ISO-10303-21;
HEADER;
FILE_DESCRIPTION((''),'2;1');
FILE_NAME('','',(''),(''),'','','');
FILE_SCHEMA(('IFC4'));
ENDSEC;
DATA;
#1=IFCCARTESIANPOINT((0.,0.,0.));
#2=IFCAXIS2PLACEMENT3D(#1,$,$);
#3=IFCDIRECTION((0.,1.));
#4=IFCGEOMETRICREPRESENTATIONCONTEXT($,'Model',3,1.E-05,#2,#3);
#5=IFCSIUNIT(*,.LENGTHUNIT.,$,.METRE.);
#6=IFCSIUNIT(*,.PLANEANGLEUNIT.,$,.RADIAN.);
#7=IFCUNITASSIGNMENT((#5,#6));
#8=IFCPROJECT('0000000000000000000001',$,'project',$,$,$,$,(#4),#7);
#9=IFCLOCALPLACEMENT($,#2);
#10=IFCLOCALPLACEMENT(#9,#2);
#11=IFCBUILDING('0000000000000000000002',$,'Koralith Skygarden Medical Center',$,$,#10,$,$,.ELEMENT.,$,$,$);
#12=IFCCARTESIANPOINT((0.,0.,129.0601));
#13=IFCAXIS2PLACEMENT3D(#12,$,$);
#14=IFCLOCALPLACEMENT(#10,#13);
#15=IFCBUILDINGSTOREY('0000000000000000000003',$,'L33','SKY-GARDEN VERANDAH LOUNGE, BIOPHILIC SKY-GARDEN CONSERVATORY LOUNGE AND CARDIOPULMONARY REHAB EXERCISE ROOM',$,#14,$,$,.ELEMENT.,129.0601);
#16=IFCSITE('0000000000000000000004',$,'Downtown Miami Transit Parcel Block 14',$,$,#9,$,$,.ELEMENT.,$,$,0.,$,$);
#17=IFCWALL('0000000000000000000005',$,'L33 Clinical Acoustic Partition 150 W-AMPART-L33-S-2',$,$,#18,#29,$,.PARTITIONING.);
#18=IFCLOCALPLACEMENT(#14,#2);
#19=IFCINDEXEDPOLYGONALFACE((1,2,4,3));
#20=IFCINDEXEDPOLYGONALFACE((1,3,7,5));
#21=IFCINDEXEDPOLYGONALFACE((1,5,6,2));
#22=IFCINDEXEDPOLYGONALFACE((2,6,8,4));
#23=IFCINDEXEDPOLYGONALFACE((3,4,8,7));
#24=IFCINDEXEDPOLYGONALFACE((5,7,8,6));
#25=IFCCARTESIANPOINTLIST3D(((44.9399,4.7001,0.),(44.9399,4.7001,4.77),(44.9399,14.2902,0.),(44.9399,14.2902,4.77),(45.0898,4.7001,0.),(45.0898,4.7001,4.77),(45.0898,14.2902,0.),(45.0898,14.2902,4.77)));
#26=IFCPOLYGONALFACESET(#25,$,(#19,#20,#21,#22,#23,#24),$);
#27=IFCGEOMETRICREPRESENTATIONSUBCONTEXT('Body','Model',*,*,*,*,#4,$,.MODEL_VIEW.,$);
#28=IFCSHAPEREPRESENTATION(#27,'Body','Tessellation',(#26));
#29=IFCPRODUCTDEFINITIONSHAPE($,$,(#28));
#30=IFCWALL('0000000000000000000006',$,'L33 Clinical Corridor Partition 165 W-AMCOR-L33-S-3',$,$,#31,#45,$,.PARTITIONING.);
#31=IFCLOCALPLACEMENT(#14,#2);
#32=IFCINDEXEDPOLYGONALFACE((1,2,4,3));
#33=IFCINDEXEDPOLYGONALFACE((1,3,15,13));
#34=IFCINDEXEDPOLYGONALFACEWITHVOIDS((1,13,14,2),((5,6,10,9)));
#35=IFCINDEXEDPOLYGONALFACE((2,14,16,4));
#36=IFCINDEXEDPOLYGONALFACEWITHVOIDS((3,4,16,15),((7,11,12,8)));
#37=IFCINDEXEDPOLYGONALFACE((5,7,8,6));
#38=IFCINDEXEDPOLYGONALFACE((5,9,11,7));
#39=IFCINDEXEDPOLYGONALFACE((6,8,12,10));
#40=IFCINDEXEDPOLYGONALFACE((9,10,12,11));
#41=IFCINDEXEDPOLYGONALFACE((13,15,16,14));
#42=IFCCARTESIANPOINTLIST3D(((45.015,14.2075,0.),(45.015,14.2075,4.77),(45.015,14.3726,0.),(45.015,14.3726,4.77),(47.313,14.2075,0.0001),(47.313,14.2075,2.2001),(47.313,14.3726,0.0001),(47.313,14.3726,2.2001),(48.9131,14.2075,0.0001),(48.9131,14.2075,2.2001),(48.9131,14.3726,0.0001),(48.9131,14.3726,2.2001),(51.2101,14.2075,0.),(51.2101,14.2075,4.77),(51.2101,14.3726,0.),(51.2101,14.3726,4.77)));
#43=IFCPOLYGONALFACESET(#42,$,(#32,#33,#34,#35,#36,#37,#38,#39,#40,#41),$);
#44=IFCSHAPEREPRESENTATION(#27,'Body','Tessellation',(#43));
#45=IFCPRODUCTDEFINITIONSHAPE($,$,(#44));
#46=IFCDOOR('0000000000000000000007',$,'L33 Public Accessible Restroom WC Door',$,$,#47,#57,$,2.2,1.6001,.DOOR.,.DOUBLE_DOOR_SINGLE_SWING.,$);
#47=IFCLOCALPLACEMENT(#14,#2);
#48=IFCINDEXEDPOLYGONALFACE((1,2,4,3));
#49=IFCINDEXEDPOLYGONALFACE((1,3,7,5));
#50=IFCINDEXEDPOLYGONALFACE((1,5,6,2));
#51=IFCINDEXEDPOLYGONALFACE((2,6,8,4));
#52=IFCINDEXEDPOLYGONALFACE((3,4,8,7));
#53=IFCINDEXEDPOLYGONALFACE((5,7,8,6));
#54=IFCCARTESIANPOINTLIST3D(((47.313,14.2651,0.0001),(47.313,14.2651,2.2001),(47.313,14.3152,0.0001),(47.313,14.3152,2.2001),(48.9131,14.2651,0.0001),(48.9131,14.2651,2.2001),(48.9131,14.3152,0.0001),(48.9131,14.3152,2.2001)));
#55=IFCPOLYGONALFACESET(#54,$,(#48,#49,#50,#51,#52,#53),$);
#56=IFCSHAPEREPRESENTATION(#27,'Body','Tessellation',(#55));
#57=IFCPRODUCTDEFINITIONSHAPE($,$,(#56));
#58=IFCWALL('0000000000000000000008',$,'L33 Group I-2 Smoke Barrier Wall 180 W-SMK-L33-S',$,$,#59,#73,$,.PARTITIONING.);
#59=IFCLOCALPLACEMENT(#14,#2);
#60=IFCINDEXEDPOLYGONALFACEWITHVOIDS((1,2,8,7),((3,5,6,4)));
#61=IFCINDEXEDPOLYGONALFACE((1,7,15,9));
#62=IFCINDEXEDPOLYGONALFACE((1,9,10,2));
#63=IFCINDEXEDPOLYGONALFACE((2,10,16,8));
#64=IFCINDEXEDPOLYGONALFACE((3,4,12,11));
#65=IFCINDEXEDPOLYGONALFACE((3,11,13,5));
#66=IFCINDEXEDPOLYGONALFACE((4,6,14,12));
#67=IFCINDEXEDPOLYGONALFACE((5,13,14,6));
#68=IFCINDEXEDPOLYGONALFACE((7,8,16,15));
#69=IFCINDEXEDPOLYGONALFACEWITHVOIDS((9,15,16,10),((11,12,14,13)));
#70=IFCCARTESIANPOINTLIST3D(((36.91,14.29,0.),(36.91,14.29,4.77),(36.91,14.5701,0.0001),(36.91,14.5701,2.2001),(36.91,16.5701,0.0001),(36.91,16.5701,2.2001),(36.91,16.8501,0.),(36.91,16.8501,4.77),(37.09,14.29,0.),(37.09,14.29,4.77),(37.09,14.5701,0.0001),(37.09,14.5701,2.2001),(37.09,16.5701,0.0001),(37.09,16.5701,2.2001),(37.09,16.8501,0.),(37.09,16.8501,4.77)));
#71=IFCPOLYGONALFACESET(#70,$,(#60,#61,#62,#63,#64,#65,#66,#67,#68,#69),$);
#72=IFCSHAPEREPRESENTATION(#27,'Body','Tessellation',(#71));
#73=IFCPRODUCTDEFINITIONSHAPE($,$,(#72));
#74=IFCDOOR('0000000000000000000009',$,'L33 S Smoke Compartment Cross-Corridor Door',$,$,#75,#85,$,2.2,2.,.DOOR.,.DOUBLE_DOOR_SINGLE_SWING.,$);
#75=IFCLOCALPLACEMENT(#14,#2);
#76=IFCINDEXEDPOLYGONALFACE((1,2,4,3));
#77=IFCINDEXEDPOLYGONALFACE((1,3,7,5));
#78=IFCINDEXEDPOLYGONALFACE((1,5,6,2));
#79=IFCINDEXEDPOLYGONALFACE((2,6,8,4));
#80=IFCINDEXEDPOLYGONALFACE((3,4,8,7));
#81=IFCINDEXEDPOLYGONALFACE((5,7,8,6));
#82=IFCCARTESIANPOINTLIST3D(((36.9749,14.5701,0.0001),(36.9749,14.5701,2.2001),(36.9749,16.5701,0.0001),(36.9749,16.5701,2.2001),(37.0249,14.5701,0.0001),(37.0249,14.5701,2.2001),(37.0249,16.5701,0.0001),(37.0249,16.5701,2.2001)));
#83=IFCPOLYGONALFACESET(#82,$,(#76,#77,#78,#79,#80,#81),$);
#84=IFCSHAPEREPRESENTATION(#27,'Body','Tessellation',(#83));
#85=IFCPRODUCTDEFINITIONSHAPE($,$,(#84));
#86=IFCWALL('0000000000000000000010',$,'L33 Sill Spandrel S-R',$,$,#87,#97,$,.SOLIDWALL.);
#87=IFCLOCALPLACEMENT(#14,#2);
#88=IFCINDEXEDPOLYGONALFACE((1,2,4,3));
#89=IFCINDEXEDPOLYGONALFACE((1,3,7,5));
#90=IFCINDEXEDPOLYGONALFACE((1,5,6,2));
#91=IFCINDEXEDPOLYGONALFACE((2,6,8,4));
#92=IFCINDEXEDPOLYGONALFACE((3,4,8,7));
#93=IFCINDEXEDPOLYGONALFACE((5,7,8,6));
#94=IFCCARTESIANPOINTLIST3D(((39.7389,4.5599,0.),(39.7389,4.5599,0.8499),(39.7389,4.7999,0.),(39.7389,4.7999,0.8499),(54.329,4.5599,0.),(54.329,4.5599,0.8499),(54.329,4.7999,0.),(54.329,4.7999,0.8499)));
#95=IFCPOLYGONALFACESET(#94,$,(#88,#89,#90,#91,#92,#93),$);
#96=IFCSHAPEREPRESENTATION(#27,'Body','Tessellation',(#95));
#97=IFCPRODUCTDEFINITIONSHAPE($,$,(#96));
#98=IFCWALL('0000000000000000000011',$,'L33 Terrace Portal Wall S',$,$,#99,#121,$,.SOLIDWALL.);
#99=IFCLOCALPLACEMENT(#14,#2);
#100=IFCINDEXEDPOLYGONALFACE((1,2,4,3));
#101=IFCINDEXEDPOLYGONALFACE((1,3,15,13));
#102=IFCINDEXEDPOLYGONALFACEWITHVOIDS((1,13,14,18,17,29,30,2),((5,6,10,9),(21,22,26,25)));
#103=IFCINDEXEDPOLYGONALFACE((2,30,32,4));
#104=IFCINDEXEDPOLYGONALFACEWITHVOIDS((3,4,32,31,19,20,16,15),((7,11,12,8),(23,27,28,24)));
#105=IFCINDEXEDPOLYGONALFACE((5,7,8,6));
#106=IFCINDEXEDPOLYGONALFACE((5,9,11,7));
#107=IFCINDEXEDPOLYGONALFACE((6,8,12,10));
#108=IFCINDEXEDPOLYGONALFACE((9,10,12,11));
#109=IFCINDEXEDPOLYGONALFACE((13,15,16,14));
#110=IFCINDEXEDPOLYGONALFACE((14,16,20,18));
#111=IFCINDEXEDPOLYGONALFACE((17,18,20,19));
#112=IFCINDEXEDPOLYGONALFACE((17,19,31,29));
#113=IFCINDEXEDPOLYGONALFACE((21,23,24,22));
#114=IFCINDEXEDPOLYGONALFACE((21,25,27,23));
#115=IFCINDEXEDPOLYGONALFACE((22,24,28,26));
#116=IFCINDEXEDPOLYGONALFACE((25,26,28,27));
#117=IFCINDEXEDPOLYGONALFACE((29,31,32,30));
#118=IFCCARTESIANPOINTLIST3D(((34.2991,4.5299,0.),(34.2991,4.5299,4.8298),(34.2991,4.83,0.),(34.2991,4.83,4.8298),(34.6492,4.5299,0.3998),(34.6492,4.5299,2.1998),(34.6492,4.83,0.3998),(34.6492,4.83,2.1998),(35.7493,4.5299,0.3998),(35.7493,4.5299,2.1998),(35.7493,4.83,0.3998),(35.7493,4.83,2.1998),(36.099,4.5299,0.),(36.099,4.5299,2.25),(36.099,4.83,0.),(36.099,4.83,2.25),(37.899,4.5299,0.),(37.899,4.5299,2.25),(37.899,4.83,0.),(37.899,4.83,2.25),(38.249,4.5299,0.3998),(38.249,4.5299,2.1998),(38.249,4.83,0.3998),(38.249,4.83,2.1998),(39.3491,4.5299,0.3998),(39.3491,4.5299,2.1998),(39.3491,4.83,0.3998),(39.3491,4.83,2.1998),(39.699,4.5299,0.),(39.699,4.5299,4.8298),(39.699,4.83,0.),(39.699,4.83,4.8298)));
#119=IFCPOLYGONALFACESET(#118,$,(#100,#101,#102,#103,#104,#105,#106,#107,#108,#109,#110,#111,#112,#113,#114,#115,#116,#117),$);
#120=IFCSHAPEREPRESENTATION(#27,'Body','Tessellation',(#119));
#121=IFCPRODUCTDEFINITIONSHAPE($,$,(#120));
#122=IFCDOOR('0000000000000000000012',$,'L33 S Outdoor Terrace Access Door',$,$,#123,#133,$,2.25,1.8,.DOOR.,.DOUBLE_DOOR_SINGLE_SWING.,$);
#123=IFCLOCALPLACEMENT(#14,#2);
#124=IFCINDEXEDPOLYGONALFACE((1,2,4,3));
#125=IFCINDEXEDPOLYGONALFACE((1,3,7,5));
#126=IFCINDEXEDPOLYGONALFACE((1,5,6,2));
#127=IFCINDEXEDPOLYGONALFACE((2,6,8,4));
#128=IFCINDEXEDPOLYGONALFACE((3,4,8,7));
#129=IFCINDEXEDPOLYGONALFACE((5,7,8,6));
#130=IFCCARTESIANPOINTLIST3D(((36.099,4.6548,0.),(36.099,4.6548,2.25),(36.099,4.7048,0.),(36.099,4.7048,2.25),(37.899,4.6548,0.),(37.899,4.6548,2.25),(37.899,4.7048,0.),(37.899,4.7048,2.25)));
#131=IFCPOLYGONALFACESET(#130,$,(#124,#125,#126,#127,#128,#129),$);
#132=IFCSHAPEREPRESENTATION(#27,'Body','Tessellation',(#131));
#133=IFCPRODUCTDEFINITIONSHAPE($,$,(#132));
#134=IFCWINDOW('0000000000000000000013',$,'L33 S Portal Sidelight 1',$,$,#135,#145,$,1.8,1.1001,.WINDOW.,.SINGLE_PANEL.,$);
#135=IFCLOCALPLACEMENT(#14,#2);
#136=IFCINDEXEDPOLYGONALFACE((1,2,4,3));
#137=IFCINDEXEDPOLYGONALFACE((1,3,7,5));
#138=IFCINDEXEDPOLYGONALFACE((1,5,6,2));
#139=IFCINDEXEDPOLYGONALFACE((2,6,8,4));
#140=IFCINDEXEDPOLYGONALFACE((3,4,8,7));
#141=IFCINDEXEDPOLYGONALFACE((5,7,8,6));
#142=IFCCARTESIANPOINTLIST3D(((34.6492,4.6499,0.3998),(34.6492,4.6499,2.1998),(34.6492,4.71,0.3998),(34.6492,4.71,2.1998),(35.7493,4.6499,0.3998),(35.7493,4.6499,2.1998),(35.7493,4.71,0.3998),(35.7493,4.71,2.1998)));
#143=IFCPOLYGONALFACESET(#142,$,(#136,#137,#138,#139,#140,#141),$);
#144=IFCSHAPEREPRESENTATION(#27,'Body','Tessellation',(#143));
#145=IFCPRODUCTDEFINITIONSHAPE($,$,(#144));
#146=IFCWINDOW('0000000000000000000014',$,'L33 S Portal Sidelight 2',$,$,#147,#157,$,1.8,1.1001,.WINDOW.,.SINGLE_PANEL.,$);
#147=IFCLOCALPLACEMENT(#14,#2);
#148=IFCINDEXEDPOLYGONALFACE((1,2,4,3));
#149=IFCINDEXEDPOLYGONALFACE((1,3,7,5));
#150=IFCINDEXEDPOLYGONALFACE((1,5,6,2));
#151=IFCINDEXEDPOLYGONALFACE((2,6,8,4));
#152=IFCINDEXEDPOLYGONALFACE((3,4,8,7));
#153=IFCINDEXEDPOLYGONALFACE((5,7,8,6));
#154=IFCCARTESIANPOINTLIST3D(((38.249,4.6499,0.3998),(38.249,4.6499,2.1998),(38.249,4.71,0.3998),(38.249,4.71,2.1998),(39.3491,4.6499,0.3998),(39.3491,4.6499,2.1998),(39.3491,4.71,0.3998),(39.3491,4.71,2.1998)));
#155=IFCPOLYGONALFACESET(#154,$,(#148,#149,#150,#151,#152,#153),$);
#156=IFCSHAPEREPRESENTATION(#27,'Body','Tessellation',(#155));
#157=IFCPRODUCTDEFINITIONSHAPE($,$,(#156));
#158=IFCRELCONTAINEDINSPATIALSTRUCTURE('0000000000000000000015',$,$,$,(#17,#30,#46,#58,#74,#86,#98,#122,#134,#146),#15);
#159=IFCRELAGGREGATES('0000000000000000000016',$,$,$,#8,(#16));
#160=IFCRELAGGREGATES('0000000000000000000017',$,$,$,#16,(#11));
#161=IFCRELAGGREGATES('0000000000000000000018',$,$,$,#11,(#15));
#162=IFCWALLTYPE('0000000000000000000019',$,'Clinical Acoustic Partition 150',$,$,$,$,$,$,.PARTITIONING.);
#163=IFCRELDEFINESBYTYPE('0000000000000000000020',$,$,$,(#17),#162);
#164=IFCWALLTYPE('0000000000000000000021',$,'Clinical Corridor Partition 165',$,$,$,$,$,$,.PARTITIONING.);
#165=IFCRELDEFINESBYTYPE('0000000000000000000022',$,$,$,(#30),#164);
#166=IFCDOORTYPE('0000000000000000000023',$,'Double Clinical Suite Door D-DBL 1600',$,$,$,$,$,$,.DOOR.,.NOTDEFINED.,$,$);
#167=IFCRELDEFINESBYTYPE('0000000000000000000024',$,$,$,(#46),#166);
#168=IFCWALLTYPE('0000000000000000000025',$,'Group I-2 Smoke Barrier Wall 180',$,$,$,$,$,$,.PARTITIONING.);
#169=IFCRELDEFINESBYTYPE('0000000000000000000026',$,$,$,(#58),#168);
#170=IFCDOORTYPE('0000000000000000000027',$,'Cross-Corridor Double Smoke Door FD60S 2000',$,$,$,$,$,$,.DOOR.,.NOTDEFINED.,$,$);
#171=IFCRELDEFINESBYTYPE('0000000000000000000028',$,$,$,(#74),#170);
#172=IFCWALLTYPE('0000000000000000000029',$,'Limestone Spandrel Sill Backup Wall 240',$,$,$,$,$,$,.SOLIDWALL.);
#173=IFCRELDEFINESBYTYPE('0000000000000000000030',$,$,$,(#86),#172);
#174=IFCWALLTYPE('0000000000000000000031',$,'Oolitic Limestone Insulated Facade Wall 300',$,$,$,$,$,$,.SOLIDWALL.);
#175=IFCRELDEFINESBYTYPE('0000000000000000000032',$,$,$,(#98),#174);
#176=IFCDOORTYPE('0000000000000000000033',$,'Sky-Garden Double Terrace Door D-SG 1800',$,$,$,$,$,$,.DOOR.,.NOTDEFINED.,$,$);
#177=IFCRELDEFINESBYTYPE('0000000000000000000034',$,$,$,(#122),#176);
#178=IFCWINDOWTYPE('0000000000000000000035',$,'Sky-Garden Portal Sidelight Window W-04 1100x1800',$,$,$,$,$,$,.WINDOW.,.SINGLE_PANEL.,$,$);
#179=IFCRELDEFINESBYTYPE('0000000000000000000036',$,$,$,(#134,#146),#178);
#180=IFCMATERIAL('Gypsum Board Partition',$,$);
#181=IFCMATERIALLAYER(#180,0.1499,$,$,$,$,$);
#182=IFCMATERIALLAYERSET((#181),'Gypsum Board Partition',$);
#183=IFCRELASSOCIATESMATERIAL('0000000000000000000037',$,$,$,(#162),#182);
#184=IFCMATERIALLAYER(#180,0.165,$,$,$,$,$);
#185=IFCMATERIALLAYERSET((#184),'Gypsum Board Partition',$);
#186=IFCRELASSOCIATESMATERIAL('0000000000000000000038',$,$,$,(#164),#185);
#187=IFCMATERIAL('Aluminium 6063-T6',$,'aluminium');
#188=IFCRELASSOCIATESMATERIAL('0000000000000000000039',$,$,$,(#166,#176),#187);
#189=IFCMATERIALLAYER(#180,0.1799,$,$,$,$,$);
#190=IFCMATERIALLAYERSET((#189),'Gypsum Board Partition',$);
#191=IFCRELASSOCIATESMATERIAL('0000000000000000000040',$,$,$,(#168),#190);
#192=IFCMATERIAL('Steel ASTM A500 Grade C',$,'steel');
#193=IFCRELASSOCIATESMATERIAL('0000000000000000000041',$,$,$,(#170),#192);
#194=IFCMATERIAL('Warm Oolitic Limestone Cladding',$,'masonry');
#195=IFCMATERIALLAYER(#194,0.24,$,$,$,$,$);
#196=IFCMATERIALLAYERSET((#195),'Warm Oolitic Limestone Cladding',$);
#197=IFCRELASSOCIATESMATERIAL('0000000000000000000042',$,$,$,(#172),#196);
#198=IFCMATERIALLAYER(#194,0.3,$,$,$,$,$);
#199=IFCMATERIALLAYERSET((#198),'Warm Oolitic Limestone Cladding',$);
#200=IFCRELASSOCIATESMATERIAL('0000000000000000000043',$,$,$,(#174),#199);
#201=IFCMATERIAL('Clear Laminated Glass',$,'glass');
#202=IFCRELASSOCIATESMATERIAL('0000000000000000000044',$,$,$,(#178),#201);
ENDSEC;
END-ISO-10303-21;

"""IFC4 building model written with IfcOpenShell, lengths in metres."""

from ifc_helpers import new_model, si_unit, direction, frame, frame_2d, origin, place, context, subcontext, project, spatial, rectangle, extrude, material, layer, layer_set, type_object, element, fill, save


model = new_model("IFC4")

# Units and contexts
model_context = context("Model", 3, precision=1e-05, world=origin(), true_north=direction((0.0, 1.0)))
body_context = subcontext(model_context, "Body", "Model", "MODEL_VIEW")
ifc_project = project(units=[si_unit("LENGTHUNIT", "METRE"), si_unit("PLANEANGLEUNIT", "RADIAN")], contexts=[model_context])

# Site, building, storey
site_placement = place(None, origin())
site = spatial("IfcSite", under=ifc_project, at=site_placement, Name="Downtown Miami Transit Parcel Block 14", CompositionType="ELEMENT", RefElevation=0.0)
building_placement = place(site_placement, origin())
building = spatial("IfcBuilding", under=site, at=building_placement, Name="Koralith Skygarden Medical Center", CompositionType="ELEMENT")
storey_placement = place(building_placement, frame((0.0, 0.0, 129.0601)))
storey = spatial("IfcBuildingStorey", under=building, at=storey_placement, Name="L33", Description="SKY-GARDEN VERANDAH LOUNGE, BIOPHILIC SKY-GARDEN CONSERVATORY LOUNGE AND CARDIOPULMONARY REHAB EXERCISE ROOM", CompositionType="ELEMENT", Elevation=129.0601)

# Shared definitions
ifc_material_1 = material(Name="Clear Laminated Glass", Category="glass")
ifc_material_2 = material(Name="Aluminium 6063-T6", Category="aluminium")

# Wall
ifc_material_3 = material(Name="Gypsum Board Partition")
ifc_layer_1 = layer(ifc_material_3, 0.1499)
ifc_layer_set_1 = layer_set([ifc_layer_1], Name="Gypsum Board Partition")
wall_type_1 = type_object("IfcWallType", Name="Clinical Acoustic Partition 150", PredefinedType="PARTITIONING", material=ifc_layer_set_1)
wall_1_placement = place(storey_placement, frame((45.0149, 14.29, 0.0), z_axis=(0.0, 0.0, 1.0), x_axis=(0.0, -1.0, 0.0)))
element("IfcWall", 1, at=wall_1_placement, inside=storey, type_object=wall_type_1, Name="L33 Clinical Acoustic Partition 150 W-AMPART-L33-S-2", PredefinedType="PARTITIONING", context=body_context, shape_type="SweptSolid", body=[
    extrude(rectangle(XDim=9.5901, YDim=0.1499, at=frame_2d((4.7949, 0.0))), origin(), (0.0, 0.0, 1.0), 4.77),
])

# Walls, openings, doors
ifc_layer_2 = layer(ifc_material_3, 0.165)
ifc_layer_set_2 = layer_set([ifc_layer_2], Name="Gypsum Board Partition")
wall_type_2 = type_object("IfcWallType", Name="Clinical Corridor Partition 165", PredefinedType="PARTITIONING", material=ifc_layer_set_2)
wall_2_placement = place(storey_placement, frame((45.0149, 14.29, 0.0), z_axis=(0.0, 0.0, 1.0), x_axis=(1.0, 0.0, 0.0)))
wall_2 = element("IfcWall", 2, at=wall_2_placement, inside=storey, type_object=wall_type_2, Name="L33 Clinical Corridor Partition 165 W-AMCOR-L33-S-3", PredefinedType="PARTITIONING", context=body_context, shape_type="SweptSolid", body=[
    extrude(rectangle(XDim=6.1951, YDim=0.165, at=frame_2d((3.0977, 0.0))), origin(), (0.0, 0.0, 1.0), 4.77),
])
opening_1_placement = place(wall_2_placement, frame((2.2981, 0.0, 0.0)))
opening_1 = element("IfcOpeningElement", 3, at=opening_1_placement, cuts=wall_2, PredefinedType="OPENING", context=body_context, shape_type="SweptSolid", body=[
    extrude(rectangle(XDim=1.6001, YDim=2.2, at=frame_2d((0.8, 1.1001))), frame((0.0, 0.0925, 0.0), z_axis=(0.0, -1.0, 0.0), x_axis=(1.0, 0.0, 0.0)), (0.0, 0.0, 1.0), 0.1851),
])
door_type_1 = type_object("IfcDoorType", Name="Double Clinical Suite Door D-DBL 1600", OperationType="NOTDEFINED", PredefinedType="DOOR", material=ifc_material_2)
door_1_placement = place(opening_1_placement, frame((1.6001, 0.0, 0.0), z_axis=(0.0, 0.0, 1.0), x_axis=(-1.0, 0.0, 0.0)))
door_1 = element("IfcDoor", 4, at=door_1_placement, inside=storey, type_object=door_type_1, Name="L33 Public Accessible Restroom WC Door", OperationType="DOUBLE_DOOR_SINGLE_SWING", OverallHeight=2.2, OverallWidth=1.6001, PredefinedType="DOOR", context=body_context, shape_type="SweptSolid", body=[
    extrude(rectangle(XDim=1.6001, YDim=2.2, at=frame_2d((0.8, 1.1001))), frame((0.0, 0.0249, 0.0), z_axis=(0.0, -1.0, 0.0), x_axis=(1.0, 0.0, 0.0)), (0.0, 0.0, 1.0), 0.05),
])
fill(opening_1, door_1)
ifc_layer_3 = layer(ifc_material_3, 0.1799)
ifc_layer_set_3 = layer_set([ifc_layer_3], Name="Gypsum Board Partition")
wall_type_3 = type_object("IfcWallType", Name="Group I-2 Smoke Barrier Wall 180", PredefinedType="PARTITIONING", material=ifc_layer_set_3)
wall_3_placement = place(storey_placement, frame((37.0, 14.29, 0.0), z_axis=(0.0, 0.0, 1.0), x_axis=(0.0, 1.0, 0.0)))
wall_3 = element("IfcWall", 5, at=wall_3_placement, inside=storey, type_object=wall_type_3, Name="L33 Group I-2 Smoke Barrier Wall 180 W-SMK-L33-S", PredefinedType="PARTITIONING", context=body_context, shape_type="SweptSolid", body=[
    extrude(rectangle(XDim=2.5601, YDim=0.1799, at=frame_2d((1.28, 0.0))), origin(), (0.0, 0.0, 1.0), 4.77),
])
opening_2_placement = place(wall_3_placement, frame((0.28, 0.0, 0.0)))
opening_2 = element("IfcOpeningElement", 6, at=opening_2_placement, cuts=wall_3, PredefinedType="OPENING", context=body_context, shape_type="SweptSolid", body=[
    extrude(rectangle(XDim=2.0, YDim=2.2, at=frame_2d((1.0, 1.1001))), frame((0.0, 0.0999, 0.0), z_axis=(0.0, -1.0, 0.0), x_axis=(1.0, 0.0, 0.0)), (0.0, 0.0, 1.0), 0.2),
])
ifc_material_4 = material(Name="Steel ASTM A500 Grade C", Category="steel")
door_type_2 = type_object("IfcDoorType", Name="Cross-Corridor Double Smoke Door FD60S 2000", OperationType="NOTDEFINED", PredefinedType="DOOR", material=ifc_material_4)
door_2_placement = place(opening_2_placement, frame((2.0, 0.0, 0.0), z_axis=(0.0, 0.0, 1.0), x_axis=(-1.0, 0.0, 0.0)))
door_2 = element("IfcDoor", 7, at=door_2_placement, inside=storey, type_object=door_type_2, Name="L33 S Smoke Compartment Cross-Corridor Door", OperationType="DOUBLE_DOOR_SINGLE_SWING", OverallHeight=2.2, OverallWidth=2.0, PredefinedType="DOOR", context=body_context, shape_type="SweptSolid", body=[
    extrude(rectangle(XDim=2.0, YDim=2.2, at=frame_2d((1.0, 1.1001))), frame((0.0, 0.0249, 0.0), z_axis=(0.0, -1.0, 0.0), x_axis=(1.0, 0.0, 0.0)), (0.0, 0.0, 1.0), 0.05),
])
fill(opening_2, door_2)

# Wall
ifc_material_5 = material(Name="Warm Oolitic Limestone Cladding", Category="masonry")
ifc_layer_4 = layer(ifc_material_5, 0.24)
ifc_layer_set_4 = layer_set([ifc_layer_4], Name="Warm Oolitic Limestone Cladding")
wall_type_4 = type_object("IfcWallType", Name="Limestone Spandrel Sill Backup Wall 240", PredefinedType="SOLIDWALL", material=ifc_layer_set_4)
wall_4_placement = place(storey_placement, frame((39.739, 4.6799, 0.0), z_axis=(0.0, 0.0, 1.0), x_axis=(1.0, 0.0, 0.0)))
element("IfcWall", 8, at=wall_4_placement, inside=storey, type_object=wall_type_4, Name="L33 Sill Spandrel S-R", PredefinedType="SOLIDWALL", context=body_context, shape_type="SweptSolid", body=[
    extrude(rectangle(XDim=14.5901, YDim=0.24, at=frame_2d((7.2949, 0.0))), origin(), (0.0, 0.0, 1.0), 0.8499),
])

# Wall, openings, door, windows
ifc_layer_5 = layer(ifc_material_5, 0.3)
ifc_layer_set_5 = layer_set([ifc_layer_5], Name="Warm Oolitic Limestone Cladding")
wall_type_5 = type_object("IfcWallType", Name="Oolitic Limestone Insulated Facade Wall 300", PredefinedType="SOLIDWALL", material=ifc_layer_set_5)
wall_5_placement = place(storey_placement, frame((34.2991, 4.6799, 0.0), z_axis=(0.0, 0.0, 1.0), x_axis=(1.0, 0.0, 0.0)))
wall_5 = element("IfcWall", 9, at=wall_5_placement, inside=storey, type_object=wall_type_5, Name="L33 Terrace Portal Wall S", PredefinedType="SOLIDWALL", context=body_context, shape_type="SweptSolid", body=[
    extrude(rectangle(XDim=5.3999, YDim=0.3, at=frame_2d((2.7, 0.0))), origin(), (0.0, 0.0, 1.0), 4.8298),
])
opening_3_placement = place(wall_5_placement, frame((1.8, 0.0, 0.0)))
opening_3 = element("IfcOpeningElement", 10, at=opening_3_placement, cuts=wall_5, PredefinedType="OPENING", context=body_context, shape_type="SweptSolid", body=[
    extrude(rectangle(XDim=1.8, YDim=2.25, at=frame_2d((0.8999, 1.125))), frame((0.0, 0.1599, 0.0), z_axis=(0.0, -1.0, 0.0), x_axis=(1.0, 0.0, 0.0)), (0.0, 0.0, 1.0), 0.3201),
])
opening_4_placement = place(wall_5_placement, frame((0.3501, 0.0, 0.3999)))
opening_4 = element("IfcOpeningElement", 11, at=opening_4_placement, cuts=wall_5, PredefinedType="OPENING", context=body_context, shape_type="SweptSolid", body=[
    extrude(rectangle(XDim=1.1001, YDim=1.8, at=frame_2d((0.55, 0.8999))), frame((0.0, 0.1599, 0.0), z_axis=(0.0, -1.0, 0.0), x_axis=(1.0, 0.0, 0.0)), (0.0, 0.0, 1.0), 0.3201),
])
opening_5_placement = place(wall_5_placement, frame((3.95, 0.0, 0.3999)))
opening_5 = element("IfcOpeningElement", 12, at=opening_5_placement, cuts=wall_5, PredefinedType="OPENING", context=body_context, shape_type="SweptSolid", body=[
    extrude(rectangle(XDim=1.1001, YDim=1.8, at=frame_2d((0.55, 0.8999))), frame((0.0, 0.1599, 0.0), z_axis=(0.0, -1.0, 0.0), x_axis=(1.0, 0.0, 0.0)), (0.0, 0.0, 1.0), 0.3201),
])
door_type_3 = type_object("IfcDoorType", Name="Sky-Garden Double Terrace Door D-SG 1800", OperationType="NOTDEFINED", PredefinedType="DOOR", material=ifc_material_2)
door_3_placement = place(opening_3_placement, origin())
door_3 = element("IfcDoor", 13, at=door_3_placement, inside=storey, type_object=door_type_3, Name="L33 S Outdoor Terrace Access Door", OperationType="DOUBLE_DOOR_SINGLE_SWING", OverallHeight=2.25, OverallWidth=1.8, PredefinedType="DOOR", context=body_context, shape_type="SweptSolid", body=[
    extrude(rectangle(XDim=1.8, YDim=2.25, at=frame_2d((0.8999, 1.125))), frame((0.0, 0.0249, 0.0), z_axis=(0.0, -1.0, 0.0), x_axis=(1.0, 0.0, 0.0)), (0.0, 0.0, 1.0), 0.05),
])
fill(opening_3, door_3)
window_type = type_object("IfcWindowType", Name="Sky-Garden Portal Sidelight Window W-04 1100x1800", PartitioningType="SINGLE_PANEL", PredefinedType="WINDOW", material=ifc_material_1)
window_1_placement = place(opening_4_placement, origin())
window_1 = element("IfcWindow", 14, at=window_1_placement, inside=storey, type_object=window_type, Name="L33 S Portal Sidelight 1", OverallHeight=1.8, OverallWidth=1.1001, PartitioningType="SINGLE_PANEL", PredefinedType="WINDOW", context=body_context, shape_type="SweptSolid", body=[
    extrude(rectangle(XDim=1.1001, YDim=1.8, at=frame_2d((0.55, 0.8999))), frame((0.0, 0.03, 0.0), z_axis=(0.0, -1.0, 0.0), x_axis=(1.0, 0.0, 0.0)), (0.0, 0.0, 1.0), 0.0601),
])
fill(opening_4, window_1)
window_2_placement = place(opening_5_placement, origin())
window_2 = element("IfcWindow", 15, at=window_2_placement, inside=storey, type_object=window_type, Name="L33 S Portal Sidelight 2", OverallHeight=1.8, OverallWidth=1.1001, PartitioningType="SINGLE_PANEL", PredefinedType="WINDOW", context=body_context, shape_type="SweptSolid", body=[
    extrude(rectangle(XDim=1.1001, YDim=1.8, at=frame_2d((0.55, 0.8999))), frame((0.0, 0.03, 0.0), z_axis=(0.0, -1.0, 0.0), x_axis=(1.0, 0.0, 0.0)), (0.0, 0.0, 1.0), 0.0601),
])
fill(opening_5, window_2)

save(model, "model.ifc")
